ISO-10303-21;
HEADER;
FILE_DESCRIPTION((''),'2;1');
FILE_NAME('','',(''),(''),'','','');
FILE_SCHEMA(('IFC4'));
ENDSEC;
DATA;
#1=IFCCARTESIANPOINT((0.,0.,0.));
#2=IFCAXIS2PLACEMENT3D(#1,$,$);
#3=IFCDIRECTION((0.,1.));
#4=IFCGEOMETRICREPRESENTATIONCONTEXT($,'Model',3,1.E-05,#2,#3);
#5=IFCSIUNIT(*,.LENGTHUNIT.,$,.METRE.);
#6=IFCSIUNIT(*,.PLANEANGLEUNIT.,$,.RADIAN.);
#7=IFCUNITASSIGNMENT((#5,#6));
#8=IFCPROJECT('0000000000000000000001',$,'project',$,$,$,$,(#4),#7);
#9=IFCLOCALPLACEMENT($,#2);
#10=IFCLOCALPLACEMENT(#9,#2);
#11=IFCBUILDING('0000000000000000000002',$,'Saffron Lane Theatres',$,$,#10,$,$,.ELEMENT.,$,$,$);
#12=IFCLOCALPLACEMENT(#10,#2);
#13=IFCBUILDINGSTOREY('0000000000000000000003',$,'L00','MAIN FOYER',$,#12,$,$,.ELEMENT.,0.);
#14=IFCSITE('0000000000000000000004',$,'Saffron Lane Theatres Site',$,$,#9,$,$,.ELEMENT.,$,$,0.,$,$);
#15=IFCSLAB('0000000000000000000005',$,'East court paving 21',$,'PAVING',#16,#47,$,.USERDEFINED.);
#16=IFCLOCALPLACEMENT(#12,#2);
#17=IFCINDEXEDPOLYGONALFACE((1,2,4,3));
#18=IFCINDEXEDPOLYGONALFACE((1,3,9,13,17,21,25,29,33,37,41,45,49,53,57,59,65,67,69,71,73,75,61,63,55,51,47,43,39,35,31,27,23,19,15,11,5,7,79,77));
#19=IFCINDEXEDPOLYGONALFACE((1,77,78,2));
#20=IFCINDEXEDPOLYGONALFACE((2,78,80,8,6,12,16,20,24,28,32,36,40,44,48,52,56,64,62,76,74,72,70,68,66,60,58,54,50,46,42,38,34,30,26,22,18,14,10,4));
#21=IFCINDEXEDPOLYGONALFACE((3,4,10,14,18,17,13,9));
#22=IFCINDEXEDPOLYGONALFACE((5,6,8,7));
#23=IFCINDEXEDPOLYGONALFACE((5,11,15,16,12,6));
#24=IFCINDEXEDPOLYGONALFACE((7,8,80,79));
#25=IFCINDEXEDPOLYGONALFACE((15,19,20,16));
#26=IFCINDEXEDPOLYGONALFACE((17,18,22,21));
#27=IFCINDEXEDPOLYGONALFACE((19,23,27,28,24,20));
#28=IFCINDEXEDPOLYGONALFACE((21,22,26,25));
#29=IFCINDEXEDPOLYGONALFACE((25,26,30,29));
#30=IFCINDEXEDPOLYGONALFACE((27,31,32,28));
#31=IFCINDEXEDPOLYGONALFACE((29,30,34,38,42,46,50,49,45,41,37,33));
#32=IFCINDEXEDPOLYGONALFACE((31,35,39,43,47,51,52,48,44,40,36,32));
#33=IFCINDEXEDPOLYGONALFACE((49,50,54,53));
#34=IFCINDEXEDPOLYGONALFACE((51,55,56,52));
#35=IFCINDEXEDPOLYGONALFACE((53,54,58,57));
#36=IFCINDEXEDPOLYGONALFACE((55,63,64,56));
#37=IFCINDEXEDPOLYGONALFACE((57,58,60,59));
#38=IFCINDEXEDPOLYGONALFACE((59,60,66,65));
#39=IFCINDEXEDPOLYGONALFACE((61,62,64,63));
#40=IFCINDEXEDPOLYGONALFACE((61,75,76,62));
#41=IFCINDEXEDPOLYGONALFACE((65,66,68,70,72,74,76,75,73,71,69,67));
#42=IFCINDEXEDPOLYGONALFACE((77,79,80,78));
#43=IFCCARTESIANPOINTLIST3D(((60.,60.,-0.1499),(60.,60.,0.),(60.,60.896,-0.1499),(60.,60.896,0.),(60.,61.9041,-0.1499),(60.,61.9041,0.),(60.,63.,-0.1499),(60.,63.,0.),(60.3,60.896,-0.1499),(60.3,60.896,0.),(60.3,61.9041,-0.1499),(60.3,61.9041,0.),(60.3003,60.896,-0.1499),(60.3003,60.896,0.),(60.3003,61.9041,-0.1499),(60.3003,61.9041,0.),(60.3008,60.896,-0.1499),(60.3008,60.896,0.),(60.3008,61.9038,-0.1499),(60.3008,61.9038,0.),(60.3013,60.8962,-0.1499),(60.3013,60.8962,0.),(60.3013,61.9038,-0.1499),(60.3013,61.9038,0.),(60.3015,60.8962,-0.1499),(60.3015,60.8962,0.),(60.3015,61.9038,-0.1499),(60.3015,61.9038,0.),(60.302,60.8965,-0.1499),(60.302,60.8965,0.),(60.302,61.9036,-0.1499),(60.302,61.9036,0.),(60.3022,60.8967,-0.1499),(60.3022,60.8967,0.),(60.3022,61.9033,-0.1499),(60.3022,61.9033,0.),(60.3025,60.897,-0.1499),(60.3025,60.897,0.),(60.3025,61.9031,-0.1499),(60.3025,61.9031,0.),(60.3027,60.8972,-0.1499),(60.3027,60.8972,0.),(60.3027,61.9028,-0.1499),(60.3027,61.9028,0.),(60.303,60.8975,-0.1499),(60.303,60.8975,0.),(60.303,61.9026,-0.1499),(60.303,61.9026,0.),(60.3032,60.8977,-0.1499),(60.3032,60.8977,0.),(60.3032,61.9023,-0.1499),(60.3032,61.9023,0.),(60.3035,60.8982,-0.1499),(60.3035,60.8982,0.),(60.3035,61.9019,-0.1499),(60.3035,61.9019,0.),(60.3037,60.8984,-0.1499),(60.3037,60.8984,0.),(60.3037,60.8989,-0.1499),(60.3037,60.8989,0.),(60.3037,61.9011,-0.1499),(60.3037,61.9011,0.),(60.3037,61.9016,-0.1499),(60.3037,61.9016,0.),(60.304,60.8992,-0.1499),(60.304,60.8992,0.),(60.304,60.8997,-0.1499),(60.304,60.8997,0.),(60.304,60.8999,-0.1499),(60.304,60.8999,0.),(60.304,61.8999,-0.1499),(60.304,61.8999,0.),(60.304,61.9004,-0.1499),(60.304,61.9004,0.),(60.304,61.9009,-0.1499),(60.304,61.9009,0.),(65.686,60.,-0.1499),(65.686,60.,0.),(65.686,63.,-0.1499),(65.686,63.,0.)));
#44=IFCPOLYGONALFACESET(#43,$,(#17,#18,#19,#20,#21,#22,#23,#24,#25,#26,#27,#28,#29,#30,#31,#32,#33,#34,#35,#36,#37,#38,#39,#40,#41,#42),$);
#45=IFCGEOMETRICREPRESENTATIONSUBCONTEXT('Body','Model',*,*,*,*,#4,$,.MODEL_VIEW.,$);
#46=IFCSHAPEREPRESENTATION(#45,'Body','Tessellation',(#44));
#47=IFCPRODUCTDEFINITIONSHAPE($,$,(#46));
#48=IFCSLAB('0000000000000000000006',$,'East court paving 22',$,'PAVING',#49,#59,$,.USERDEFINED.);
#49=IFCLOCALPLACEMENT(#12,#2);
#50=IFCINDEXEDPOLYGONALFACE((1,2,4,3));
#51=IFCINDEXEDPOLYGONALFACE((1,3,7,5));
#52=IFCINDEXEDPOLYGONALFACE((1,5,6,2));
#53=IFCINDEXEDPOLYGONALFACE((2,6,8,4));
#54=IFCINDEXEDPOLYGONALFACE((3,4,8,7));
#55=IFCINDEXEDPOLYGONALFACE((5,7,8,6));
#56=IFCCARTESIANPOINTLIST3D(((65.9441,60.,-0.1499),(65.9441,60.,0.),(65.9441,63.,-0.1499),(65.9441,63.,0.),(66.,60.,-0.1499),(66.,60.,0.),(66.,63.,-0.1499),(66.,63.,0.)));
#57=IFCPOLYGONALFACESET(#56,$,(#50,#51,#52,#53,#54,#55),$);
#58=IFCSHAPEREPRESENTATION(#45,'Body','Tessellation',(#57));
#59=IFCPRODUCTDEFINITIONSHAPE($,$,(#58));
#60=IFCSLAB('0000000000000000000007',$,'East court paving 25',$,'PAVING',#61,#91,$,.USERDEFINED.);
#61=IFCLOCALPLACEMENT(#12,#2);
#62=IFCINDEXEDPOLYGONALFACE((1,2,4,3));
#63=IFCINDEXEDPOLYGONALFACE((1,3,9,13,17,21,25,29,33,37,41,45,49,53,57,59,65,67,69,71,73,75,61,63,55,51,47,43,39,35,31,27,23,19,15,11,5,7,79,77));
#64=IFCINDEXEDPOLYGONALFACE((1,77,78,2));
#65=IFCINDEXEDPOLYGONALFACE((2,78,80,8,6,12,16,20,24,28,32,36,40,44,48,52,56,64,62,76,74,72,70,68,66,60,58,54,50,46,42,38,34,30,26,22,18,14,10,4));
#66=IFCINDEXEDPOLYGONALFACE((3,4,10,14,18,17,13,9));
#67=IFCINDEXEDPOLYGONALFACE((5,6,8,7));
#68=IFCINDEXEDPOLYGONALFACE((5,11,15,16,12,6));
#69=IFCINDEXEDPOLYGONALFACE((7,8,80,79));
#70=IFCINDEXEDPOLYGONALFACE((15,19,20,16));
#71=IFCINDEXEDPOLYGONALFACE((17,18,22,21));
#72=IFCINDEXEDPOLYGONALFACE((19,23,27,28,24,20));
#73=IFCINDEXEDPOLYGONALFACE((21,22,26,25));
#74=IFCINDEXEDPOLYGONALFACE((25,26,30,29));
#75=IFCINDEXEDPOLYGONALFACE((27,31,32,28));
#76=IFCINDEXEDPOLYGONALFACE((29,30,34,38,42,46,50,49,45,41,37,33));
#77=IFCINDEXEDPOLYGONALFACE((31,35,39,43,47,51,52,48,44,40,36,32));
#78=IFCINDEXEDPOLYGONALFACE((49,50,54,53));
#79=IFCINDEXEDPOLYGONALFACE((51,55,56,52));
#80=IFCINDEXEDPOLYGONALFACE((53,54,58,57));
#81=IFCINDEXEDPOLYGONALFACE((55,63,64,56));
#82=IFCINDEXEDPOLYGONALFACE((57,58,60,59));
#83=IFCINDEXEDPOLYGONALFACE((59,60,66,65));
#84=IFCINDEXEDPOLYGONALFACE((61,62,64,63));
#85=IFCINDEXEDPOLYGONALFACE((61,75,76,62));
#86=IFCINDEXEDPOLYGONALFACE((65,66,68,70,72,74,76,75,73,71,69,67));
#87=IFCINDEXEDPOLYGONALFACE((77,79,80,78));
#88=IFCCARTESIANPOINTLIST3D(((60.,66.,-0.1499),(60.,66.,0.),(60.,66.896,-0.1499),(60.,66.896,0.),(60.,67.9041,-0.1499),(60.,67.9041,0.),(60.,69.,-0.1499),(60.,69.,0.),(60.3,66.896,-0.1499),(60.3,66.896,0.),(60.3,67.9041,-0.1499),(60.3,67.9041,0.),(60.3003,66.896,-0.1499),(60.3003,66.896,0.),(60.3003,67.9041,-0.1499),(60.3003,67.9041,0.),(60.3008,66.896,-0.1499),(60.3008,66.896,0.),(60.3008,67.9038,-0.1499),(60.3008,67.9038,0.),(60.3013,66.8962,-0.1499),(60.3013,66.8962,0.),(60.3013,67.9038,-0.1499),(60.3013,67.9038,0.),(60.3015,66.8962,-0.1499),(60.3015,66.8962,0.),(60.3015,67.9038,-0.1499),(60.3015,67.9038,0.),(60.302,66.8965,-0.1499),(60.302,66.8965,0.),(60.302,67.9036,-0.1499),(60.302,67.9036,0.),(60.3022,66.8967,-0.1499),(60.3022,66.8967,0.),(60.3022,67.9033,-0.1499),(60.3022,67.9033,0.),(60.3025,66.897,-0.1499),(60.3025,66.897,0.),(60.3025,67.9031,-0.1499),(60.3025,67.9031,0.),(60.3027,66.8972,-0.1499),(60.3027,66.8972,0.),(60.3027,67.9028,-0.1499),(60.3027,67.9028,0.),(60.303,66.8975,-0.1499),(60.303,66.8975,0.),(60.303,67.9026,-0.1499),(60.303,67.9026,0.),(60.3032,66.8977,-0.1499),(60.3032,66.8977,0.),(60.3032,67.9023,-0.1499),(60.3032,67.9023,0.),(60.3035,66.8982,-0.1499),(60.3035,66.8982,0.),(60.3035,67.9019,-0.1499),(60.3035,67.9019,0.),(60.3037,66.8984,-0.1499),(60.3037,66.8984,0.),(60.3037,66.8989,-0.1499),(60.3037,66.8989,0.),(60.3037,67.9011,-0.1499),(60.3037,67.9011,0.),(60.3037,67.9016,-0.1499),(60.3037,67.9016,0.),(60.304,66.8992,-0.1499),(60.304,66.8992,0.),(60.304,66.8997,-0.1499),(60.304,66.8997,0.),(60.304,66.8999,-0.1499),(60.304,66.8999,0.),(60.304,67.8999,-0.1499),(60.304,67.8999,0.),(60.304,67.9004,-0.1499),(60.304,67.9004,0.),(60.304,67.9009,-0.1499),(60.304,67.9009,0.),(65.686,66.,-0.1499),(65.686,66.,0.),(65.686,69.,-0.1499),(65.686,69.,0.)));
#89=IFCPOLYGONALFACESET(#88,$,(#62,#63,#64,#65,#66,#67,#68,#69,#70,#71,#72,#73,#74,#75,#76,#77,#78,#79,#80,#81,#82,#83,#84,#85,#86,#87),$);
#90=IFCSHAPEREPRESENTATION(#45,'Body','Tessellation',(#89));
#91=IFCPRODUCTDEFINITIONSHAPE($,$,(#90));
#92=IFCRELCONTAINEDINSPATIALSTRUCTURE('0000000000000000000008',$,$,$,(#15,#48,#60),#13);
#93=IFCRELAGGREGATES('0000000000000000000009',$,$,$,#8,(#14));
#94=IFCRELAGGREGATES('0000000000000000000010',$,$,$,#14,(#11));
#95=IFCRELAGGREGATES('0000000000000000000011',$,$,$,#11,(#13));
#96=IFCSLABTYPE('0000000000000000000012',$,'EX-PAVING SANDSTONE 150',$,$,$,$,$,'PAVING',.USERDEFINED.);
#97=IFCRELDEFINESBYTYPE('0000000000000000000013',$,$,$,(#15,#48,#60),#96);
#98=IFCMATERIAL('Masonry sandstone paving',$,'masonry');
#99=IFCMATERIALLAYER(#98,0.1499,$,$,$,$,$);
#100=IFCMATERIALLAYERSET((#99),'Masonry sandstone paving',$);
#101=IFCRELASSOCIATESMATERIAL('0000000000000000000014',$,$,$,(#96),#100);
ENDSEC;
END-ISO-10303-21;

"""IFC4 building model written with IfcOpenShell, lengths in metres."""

from ifc_helpers import new_model, si_unit, direction, frame, origin, place, context, subcontext, project, spatial, polyline, outline, extrude, material, layer, layer_set, type_object, element, save


model = new_model("IFC4")

# Units and contexts
model_context = context("Model", 3, precision=1e-05, world=origin(), true_north=direction((0.0, 1.0)))
body_context = subcontext(model_context, "Body", "Model", "MODEL_VIEW")
ifc_project = project(units=[si_unit("LENGTHUNIT", "METRE"), si_unit("PLANEANGLEUNIT", "RADIAN")], contexts=[model_context])

# Site, building, storey
site_placement = place(None, origin())
site = spatial("IfcSite", under=ifc_project, at=site_placement, Name="Saffron Lane Theatres Site", CompositionType="ELEMENT", RefElevation=0.0)
building_placement = place(site_placement, origin())
building = spatial("IfcBuilding", under=site, at=building_placement, Name="Saffron Lane Theatres", CompositionType="ELEMENT")
storey_placement = place(building_placement, origin())
storey = spatial("IfcBuildingStorey", under=building, at=storey_placement, Name="L00", Description="MAIN FOYER", CompositionType="ELEMENT", Elevation=0.0)

# Slabs
ifc_material_1 = material(Name="Masonry sandstone paving", Category="masonry")
ifc_layer_1 = layer(ifc_material_1, 0.1499)
ifc_layer_set_1 = layer_set([ifc_layer_1], Name="Masonry sandstone paving")
slab_type_1 = type_object("IfcSlabType", Name="EX-PAVING SANDSTONE 150", ElementType="PAVING", PredefinedType="USERDEFINED", material=ifc_layer_set_1)
slab_1_placement = place(storey_placement, frame((0.0, 0.0, -0.1499)))
element("IfcSlab", 1, at=slab_1_placement, inside=storey, type_object=slab_type_1, Name="East court paving 21", ObjectType="PAVING", PredefinedType="USERDEFINED", context=body_context, shape_type="SweptSolid", body=[
    extrude(outline(polyline([(60.0, 60.896), (60.0, 60.0), (65.686, 60.0), (65.686, 63.0), (60.0, 63.0), (60.0, 61.9041), (60.3, 61.9041), (60.3003, 61.9041), (60.3008, 61.9038), (60.3013, 61.9038), (60.3015, 61.9038), (60.302, 61.9036), (60.3022, 61.9033), (60.3025, 61.9031), (60.3027, 61.9028), (60.303, 61.9026), (60.3032, 61.9023), (60.3035, 61.9019), (60.3037, 61.9016), (60.3037, 61.9011), (60.304, 61.9009), (60.304, 61.9004), (60.304, 61.8999), (60.304, 60.8999), (60.304, 60.8997), (60.304, 60.8992), (60.3037, 60.8989), (60.3037, 60.8984), (60.3035, 60.8982), (60.3032, 60.8977), (60.303, 60.8975), (60.3027, 60.8972), (60.3025, 60.897), (60.3022, 60.8967), (60.302, 60.8965), (60.3015, 60.8962), (60.3013, 60.8962), (60.3008, 60.896), (60.3003, 60.896), (60.3, 60.896), (60.0, 60.896)])), origin(), (0.0, 0.0, 1.0), 0.1499),
])
slab_2_placement = place(storey_placement, frame((0.0, 0.0, -0.1499)))
element("IfcSlab", 2, at=slab_2_placement, inside=storey, type_object=slab_type_1, Name="East court paving 22", ObjectType="PAVING", PredefinedType="USERDEFINED", context=body_context, shape_type="SweptSolid", body=[
    extrude(outline(polyline([(66.0, 60.0), (66.0, 63.0), (65.9441, 63.0), (65.9441, 60.0), (66.0, 60.0)])), origin(), (0.0, 0.0, 1.0), 0.1499),
])
slab_3_placement = place(storey_placement, frame((0.0, 0.0, -0.1499)))
element("IfcSlab", 3, at=slab_3_placement, inside=storey, type_object=slab_type_1, Name="East court paving 25", ObjectType="PAVING", PredefinedType="USERDEFINED", context=body_context, shape_type="SweptSolid", body=[
    extrude(outline(polyline([(60.0, 66.896), (60.0, 66.0), (65.686, 66.0), (65.686, 69.0), (60.0, 69.0), (60.0, 67.9041), (60.3, 67.9041), (60.3003, 67.9041), (60.3008, 67.9038), (60.3013, 67.9038), (60.3015, 67.9038), (60.302, 67.9036), (60.3022, 67.9033), (60.3025, 67.9031), (60.3027, 67.9028), (60.303, 67.9026), (60.3032, 67.9023), (60.3035, 67.9019), (60.3037, 67.9016), (60.3037, 67.9011), (60.304, 67.9009), (60.304, 67.9004), (60.304, 67.8999), (60.304, 66.8999), (60.304, 66.8997), (60.304, 66.8992), (60.3037, 66.8989), (60.3037, 66.8984), (60.3035, 66.8982), (60.3032, 66.8977), (60.303, 66.8975), (60.3027, 66.8972), (60.3025, 66.897), (60.3022, 66.8967), (60.302, 66.8965), (60.3015, 66.8962), (60.3013, 66.8962), (60.3008, 66.896), (60.3003, 66.896), (60.3, 66.896), (60.0, 66.896)])), origin(), (0.0, 0.0, 1.0), 0.1499),
])

save(model, "model.ifc")
